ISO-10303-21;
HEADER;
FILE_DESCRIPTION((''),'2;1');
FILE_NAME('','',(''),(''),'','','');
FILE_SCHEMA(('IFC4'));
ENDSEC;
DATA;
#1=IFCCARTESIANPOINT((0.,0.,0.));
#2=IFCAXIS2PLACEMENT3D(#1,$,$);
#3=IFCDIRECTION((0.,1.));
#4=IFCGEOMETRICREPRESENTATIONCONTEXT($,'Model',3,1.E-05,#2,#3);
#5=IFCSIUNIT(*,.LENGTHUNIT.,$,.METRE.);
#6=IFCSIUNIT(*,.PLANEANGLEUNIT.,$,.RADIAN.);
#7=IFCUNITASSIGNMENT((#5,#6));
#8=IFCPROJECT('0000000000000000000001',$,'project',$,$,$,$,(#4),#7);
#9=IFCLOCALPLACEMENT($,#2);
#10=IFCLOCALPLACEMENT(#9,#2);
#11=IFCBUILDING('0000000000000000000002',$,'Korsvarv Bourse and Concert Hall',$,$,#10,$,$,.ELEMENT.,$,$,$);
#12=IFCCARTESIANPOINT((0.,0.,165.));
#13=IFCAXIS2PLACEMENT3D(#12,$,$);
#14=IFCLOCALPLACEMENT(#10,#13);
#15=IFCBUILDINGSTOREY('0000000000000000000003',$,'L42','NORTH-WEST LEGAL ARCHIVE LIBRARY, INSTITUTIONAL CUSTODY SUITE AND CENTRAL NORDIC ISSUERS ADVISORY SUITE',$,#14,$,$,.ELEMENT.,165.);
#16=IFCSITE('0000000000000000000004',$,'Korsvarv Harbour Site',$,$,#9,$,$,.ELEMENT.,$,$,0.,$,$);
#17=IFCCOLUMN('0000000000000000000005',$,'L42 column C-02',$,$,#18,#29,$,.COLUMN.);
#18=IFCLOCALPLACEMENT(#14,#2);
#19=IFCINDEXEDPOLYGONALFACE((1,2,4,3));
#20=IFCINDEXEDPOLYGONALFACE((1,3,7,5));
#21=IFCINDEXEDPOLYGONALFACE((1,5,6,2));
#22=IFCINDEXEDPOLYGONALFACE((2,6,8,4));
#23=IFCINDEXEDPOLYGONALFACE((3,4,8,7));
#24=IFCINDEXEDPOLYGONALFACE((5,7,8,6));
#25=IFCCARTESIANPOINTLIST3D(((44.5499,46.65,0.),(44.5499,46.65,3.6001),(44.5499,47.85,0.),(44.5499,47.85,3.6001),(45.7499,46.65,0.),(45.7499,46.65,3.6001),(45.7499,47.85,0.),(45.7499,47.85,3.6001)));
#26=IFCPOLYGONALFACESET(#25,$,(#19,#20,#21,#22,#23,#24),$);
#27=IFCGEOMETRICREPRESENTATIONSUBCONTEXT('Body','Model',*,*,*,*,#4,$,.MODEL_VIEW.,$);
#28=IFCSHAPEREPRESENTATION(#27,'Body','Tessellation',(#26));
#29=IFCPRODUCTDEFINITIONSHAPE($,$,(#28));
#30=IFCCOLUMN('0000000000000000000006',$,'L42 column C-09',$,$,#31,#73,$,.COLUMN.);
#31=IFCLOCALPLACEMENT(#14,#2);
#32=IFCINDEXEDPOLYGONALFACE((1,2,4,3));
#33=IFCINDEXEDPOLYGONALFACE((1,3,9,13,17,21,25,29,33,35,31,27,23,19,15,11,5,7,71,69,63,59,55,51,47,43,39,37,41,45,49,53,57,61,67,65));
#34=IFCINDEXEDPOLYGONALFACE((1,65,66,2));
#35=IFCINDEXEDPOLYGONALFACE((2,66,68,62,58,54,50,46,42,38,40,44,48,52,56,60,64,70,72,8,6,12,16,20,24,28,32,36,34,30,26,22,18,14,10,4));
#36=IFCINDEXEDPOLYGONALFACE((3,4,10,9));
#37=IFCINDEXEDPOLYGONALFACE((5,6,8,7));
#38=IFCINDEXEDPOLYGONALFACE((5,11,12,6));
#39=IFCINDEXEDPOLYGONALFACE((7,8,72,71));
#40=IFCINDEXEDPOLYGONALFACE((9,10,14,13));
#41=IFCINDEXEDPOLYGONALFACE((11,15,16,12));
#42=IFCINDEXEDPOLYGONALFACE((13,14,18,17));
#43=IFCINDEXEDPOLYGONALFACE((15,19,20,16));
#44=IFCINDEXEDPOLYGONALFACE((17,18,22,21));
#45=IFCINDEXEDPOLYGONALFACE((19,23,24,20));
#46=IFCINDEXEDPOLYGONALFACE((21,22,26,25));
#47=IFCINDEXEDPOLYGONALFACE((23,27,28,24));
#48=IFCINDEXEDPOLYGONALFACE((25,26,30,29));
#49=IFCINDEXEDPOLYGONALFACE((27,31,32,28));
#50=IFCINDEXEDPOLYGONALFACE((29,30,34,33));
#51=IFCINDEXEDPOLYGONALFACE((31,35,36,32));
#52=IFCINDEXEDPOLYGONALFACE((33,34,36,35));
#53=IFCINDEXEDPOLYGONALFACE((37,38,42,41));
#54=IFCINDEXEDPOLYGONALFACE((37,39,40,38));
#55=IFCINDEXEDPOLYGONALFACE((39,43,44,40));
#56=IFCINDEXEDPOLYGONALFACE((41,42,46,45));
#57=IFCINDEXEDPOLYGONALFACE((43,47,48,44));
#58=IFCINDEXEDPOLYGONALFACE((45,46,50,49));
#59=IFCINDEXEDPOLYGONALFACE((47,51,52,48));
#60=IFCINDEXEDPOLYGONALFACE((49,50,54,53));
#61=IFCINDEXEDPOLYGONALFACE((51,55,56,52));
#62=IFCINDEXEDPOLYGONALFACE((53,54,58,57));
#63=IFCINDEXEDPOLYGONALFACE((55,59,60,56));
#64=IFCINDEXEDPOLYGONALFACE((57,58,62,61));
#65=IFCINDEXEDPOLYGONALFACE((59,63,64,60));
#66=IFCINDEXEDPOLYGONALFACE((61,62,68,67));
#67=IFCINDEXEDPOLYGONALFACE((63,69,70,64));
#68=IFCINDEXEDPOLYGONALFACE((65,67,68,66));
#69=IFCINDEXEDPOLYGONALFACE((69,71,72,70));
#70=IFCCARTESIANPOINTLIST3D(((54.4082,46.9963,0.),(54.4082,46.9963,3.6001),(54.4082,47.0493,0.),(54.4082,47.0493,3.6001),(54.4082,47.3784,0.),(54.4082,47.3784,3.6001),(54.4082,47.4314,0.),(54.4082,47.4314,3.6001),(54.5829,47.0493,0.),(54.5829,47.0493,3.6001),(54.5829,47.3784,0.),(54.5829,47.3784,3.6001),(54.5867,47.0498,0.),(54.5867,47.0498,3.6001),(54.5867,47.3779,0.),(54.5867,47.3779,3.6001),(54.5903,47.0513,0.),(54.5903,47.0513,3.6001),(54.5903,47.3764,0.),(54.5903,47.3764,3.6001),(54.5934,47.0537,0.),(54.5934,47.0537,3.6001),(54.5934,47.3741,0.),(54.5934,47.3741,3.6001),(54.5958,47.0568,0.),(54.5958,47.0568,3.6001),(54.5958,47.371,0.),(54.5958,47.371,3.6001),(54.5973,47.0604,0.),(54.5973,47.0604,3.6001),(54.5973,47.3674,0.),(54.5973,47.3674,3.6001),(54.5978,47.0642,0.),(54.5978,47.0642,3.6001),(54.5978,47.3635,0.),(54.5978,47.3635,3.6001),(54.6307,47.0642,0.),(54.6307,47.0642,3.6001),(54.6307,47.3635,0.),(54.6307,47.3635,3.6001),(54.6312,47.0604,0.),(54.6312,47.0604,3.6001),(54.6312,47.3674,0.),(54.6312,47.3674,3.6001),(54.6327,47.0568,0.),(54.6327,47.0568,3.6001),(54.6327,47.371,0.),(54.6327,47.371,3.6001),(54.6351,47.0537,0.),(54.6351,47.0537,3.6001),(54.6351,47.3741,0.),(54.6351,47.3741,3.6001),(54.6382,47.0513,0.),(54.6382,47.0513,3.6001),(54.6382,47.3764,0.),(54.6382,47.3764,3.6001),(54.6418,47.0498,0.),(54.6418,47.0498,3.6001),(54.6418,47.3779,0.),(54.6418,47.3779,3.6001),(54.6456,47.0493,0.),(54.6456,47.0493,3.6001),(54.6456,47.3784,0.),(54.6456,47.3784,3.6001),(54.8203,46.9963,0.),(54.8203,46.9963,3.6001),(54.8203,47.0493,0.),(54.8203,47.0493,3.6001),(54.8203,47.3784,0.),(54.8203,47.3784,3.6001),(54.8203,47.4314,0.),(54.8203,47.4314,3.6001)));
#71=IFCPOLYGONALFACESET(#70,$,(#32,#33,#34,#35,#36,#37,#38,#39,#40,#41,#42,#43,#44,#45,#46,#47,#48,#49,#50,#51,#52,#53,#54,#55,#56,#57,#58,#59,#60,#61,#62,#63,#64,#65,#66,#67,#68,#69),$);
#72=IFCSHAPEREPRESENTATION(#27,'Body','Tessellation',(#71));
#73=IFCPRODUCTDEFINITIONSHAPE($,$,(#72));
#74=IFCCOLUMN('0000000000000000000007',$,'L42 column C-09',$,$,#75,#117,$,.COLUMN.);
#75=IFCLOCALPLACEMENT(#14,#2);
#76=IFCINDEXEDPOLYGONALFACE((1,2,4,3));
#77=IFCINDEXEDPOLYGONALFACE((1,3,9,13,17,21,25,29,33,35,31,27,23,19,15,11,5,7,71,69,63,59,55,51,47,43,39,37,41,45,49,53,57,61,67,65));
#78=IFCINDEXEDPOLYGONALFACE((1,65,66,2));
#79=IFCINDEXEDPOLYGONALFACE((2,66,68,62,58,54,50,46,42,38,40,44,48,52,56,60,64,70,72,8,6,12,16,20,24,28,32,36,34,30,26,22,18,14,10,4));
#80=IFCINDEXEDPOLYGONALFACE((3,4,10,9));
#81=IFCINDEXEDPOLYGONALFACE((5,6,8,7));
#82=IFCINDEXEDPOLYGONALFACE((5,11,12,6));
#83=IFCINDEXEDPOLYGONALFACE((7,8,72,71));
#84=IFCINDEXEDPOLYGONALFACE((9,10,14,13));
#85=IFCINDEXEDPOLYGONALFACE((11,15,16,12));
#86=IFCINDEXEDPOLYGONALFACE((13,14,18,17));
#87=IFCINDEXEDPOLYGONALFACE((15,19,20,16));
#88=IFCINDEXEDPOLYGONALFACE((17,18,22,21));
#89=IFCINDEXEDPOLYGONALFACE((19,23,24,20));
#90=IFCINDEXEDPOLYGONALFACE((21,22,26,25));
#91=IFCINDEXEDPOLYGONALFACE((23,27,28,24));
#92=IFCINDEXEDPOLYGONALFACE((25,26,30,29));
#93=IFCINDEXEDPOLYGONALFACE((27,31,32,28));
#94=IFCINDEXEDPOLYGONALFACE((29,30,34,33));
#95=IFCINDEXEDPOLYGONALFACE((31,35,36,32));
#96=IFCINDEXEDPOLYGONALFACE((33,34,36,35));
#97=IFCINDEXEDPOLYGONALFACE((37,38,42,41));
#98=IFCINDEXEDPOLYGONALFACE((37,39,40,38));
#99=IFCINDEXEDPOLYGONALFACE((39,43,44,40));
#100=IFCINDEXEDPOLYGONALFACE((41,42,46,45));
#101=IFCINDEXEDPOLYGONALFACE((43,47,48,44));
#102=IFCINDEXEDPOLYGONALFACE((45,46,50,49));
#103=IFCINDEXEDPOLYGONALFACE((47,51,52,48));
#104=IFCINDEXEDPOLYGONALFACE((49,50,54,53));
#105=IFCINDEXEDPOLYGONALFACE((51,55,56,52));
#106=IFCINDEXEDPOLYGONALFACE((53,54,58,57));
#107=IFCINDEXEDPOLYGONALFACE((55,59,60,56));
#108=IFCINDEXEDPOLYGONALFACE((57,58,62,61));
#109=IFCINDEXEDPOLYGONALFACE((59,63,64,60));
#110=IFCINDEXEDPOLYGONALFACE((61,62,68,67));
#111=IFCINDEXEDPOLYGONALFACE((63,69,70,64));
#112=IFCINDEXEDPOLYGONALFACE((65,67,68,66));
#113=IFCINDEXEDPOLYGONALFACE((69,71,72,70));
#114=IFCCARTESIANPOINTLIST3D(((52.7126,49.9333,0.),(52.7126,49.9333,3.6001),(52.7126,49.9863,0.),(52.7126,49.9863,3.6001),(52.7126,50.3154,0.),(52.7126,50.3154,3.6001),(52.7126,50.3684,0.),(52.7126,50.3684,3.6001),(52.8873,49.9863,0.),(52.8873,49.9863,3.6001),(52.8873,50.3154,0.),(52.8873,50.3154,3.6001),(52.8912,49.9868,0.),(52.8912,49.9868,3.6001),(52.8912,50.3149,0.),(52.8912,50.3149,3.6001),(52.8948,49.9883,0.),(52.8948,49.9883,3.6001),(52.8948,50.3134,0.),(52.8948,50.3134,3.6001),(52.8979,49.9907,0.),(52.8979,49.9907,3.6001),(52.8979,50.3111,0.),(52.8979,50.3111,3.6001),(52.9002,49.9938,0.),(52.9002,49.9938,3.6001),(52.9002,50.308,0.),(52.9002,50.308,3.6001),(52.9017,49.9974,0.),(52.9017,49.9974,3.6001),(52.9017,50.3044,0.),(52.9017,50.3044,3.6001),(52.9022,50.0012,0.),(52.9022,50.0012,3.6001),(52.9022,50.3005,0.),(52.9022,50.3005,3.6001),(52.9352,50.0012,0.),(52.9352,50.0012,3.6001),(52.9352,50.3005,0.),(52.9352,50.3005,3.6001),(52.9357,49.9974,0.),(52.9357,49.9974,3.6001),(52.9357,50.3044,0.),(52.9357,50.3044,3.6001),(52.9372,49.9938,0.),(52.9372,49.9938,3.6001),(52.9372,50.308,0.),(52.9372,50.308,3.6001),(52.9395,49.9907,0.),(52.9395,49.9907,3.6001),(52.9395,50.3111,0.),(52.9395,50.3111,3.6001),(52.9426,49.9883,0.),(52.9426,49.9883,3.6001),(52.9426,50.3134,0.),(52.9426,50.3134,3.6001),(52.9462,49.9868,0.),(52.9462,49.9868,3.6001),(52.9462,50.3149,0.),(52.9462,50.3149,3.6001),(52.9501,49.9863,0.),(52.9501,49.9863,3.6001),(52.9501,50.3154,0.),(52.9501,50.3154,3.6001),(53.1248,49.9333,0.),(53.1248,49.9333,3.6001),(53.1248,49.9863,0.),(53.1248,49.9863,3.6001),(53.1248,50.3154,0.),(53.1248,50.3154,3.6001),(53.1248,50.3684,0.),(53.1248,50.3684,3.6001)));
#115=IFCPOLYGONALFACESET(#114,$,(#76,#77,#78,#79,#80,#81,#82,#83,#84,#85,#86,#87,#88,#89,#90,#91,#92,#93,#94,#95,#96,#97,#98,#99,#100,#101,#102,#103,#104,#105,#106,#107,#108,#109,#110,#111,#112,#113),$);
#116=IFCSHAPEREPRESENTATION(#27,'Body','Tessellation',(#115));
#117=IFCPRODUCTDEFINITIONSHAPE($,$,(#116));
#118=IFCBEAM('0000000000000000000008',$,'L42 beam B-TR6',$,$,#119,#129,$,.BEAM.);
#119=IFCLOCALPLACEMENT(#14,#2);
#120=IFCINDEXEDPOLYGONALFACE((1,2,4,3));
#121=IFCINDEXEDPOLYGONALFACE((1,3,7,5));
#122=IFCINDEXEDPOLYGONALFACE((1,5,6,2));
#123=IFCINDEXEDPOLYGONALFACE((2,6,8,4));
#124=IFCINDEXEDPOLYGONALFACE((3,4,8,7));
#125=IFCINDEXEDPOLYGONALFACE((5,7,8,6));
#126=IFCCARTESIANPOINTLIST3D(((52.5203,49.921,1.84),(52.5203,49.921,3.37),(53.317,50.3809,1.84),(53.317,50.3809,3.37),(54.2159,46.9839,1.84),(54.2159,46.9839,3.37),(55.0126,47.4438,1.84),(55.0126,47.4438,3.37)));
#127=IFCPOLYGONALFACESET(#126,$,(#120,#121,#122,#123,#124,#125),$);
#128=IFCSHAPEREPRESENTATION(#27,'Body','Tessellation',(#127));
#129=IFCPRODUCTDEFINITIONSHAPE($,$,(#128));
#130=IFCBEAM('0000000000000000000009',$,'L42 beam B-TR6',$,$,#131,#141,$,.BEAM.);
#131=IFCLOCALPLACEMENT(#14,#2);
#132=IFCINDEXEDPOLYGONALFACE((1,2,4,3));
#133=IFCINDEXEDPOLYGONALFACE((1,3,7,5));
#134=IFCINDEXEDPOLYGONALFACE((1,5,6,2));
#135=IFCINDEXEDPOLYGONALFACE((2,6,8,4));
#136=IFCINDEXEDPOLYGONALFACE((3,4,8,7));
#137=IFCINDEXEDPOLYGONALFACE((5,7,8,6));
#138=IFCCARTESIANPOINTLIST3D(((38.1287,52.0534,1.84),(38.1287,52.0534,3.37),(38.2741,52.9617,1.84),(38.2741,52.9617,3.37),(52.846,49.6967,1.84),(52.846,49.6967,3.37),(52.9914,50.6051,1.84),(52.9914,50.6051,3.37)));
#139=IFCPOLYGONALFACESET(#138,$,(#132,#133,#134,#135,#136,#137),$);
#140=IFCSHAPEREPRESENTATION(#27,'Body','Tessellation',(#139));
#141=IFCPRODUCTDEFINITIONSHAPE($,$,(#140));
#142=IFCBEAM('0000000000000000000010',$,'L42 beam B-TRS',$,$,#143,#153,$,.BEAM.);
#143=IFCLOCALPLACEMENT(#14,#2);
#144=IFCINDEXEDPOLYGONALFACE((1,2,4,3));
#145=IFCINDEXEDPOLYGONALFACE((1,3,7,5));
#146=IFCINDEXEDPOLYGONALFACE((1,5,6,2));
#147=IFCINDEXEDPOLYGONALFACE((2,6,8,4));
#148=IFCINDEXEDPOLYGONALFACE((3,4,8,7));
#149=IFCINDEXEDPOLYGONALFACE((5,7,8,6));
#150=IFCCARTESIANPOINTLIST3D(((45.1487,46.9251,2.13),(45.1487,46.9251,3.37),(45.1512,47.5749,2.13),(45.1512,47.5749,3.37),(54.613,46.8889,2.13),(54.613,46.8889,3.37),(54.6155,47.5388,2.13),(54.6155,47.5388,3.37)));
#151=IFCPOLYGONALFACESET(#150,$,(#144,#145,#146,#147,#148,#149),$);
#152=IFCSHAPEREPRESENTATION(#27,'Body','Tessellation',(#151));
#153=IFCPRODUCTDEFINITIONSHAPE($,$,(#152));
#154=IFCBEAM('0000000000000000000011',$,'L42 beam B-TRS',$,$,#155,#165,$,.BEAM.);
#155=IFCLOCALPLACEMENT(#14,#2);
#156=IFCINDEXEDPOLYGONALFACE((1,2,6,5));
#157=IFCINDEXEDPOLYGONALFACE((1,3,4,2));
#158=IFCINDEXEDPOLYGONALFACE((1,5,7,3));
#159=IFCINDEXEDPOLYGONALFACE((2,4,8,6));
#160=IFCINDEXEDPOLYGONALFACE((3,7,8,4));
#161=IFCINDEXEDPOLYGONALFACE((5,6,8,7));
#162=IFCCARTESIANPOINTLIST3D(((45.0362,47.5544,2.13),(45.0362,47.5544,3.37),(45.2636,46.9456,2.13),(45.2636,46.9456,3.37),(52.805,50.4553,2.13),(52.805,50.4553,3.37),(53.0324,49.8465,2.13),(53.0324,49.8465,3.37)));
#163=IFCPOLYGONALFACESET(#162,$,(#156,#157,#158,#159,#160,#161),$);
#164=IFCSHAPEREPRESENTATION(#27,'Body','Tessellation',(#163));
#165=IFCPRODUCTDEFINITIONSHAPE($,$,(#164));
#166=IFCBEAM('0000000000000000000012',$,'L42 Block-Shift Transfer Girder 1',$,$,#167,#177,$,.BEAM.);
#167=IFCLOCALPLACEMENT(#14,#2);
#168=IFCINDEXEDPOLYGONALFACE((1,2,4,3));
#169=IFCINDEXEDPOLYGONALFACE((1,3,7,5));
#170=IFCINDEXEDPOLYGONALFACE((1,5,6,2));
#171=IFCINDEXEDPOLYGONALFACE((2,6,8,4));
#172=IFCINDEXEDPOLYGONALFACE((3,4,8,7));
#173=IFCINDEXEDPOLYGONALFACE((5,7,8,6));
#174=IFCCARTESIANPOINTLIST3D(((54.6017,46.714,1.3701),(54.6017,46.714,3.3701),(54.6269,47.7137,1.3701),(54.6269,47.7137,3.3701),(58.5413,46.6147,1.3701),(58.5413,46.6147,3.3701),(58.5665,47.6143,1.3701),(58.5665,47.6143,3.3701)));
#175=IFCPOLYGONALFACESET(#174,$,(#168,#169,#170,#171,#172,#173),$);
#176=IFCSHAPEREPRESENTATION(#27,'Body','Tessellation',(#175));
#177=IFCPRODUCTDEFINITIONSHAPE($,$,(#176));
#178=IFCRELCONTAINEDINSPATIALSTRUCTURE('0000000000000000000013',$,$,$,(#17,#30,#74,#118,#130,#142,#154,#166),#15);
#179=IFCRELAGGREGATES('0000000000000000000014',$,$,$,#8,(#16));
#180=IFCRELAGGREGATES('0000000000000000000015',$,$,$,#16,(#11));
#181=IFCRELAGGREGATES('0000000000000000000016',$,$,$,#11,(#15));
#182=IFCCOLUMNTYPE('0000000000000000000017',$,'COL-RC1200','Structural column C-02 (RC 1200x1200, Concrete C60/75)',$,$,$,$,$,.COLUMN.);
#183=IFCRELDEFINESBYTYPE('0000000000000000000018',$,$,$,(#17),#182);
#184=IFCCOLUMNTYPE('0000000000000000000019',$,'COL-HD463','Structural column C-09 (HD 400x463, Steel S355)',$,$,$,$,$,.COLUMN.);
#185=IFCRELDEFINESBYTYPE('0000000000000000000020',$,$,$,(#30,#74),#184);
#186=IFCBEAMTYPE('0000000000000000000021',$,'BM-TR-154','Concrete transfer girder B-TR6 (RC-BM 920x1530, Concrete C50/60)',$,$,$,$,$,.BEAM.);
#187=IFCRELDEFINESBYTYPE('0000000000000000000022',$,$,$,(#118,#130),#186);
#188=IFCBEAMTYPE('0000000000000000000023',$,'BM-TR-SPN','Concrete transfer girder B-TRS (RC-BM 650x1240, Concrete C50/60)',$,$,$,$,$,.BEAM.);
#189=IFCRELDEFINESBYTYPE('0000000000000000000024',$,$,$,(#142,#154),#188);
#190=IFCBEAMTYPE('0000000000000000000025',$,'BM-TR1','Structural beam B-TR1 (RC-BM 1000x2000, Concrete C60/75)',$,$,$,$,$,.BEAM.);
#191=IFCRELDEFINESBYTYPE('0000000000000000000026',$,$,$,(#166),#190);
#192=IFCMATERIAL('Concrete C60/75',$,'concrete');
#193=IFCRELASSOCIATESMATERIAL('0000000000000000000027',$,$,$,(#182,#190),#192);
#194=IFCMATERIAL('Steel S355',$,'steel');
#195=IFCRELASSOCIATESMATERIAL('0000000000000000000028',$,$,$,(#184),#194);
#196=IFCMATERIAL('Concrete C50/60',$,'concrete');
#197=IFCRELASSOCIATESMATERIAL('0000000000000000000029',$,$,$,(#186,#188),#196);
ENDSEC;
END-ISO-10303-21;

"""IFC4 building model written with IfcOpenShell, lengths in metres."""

from ifc_helpers import new_model, si_unit, direction, frame, origin, origin_2d, place, context, subcontext, project, spatial, rectangle, i_section, extrude, source, transform, mapped, material, material_profile, profile_set, type_object, element, save


model = new_model("IFC4")

# Units and contexts
model_context = context("Model", 3, precision=1e-05, world=origin(), true_north=direction((0.0, 1.0)))
body_context = subcontext(model_context, "Body", "Model", "MODEL_VIEW")
ifc_project = project(units=[si_unit("LENGTHUNIT", "METRE"), si_unit("PLANEANGLEUNIT", "RADIAN")], contexts=[model_context])

# Site, building, storey
site_placement = place(None, origin())
site = spatial("IfcSite", under=ifc_project, at=site_placement, Name="Korsvarv Harbour Site", CompositionType="ELEMENT", RefElevation=0.0)
building_placement = place(site_placement, origin())
building = spatial("IfcBuilding", under=site, at=building_placement, Name="Korsvarv Bourse and Concert Hall", CompositionType="ELEMENT")
storey_placement = place(building_placement, frame((0.0, 0.0, 165.0)))
storey = spatial("IfcBuildingStorey", under=building, at=storey_placement, Name="L42", Description="NORTH-WEST LEGAL ARCHIVE LIBRARY, INSTITUTIONAL CUSTODY SUITE AND CENTRAL NORDIC ISSUERS ADVISORY SUITE", CompositionType="ELEMENT", Elevation=165.0)

# Columns
ifc_material_1 = material(Name="Concrete C60/75", Category="concrete")
ifc_material_profile_1 = material_profile(ifc_material_1, rectangle(XDim=1.2, YDim=1.2, at=origin_2d()), Name="RC 1200x1200")
ifc_profile_set_1 = profile_set([ifc_material_profile_1], Name="Concrete C60/75")
column_type_1 = type_object("IfcColumnType", Name="COL-RC1200", Description="Structural column C-02 (RC 1200x1200, Concrete C60/75)", PredefinedType="COLUMN", material=ifc_profile_set_1)
shared_shape_1 = source(origin(), body_context, "Body", "SweptSolid", [
    extrude(rectangle(XDim=1.2, YDim=1.2, at=origin_2d()), origin(), (0.0, 0.0, 1.0), 3.6001),
])
column_placement = place(storey_placement, frame((45.1499, 47.25, 0.0), z_axis=(0.0, 0.0, 1.0), x_axis=(1.0, 0.0, 0.0)))
element("IfcColumn", 1, at=column_placement, inside=storey, type_object=column_type_1, Name="L42 column C-02", PredefinedType="COLUMN", context=body_context, shape_type="MappedRepresentation", body=[
    mapped(shared_shape_1, transform((0.0, 0.0, 0.0), scale=1.0)),
])
ifc_material_2 = material(Name="Steel S355", Category="steel")
ifc_material_profile_2 = material_profile(ifc_material_2, i_section(OverallWidth=0.4121, OverallDepth=0.4351, WebThickness=0.033, FlangeThickness=0.053, FilletRadius=0.0149, at=origin_2d()), Name="HD 400x463")
ifc_profile_set_2 = profile_set([ifc_material_profile_2], Name="Steel S355")
column_type_2 = type_object("IfcColumnType", Name="COL-HD463", Description="Structural column C-09 (HD 400x463, Steel S355)", PredefinedType="COLUMN", material=ifc_profile_set_2)
shared_shape_2 = source(origin(), body_context, "Body", "SweptSolid", [
    extrude(i_section(OverallWidth=0.4121, OverallDepth=0.4351, WebThickness=0.033, FlangeThickness=0.053, FilletRadius=0.0149, at=origin_2d()), origin(), (0.0, 0.0, 1.0), 3.6001),
])
for number, where, z_axis, x_axis, name in (
    (2, (54.6143, 47.2139, 0.0), (0.0, 0.0, 1.0), (1.0, 0.0, 0.0), "L42 column C-09"),
    (3, (52.9187, 50.1509, 0.0), (0.0, 0.0, 1.0), (1.0, 0.0, 0.0), "L42 column C-09"),
):
    element("IfcColumn", number, at=place(storey_placement, frame(where, z_axis=z_axis, x_axis=x_axis)), inside=storey, type_object=column_type_2, Name=name, PredefinedType="COLUMN", context=body_context, shape_type="MappedRepresentation", body=[
        mapped(shared_shape_2, transform((0.0, 0.0, 0.0), scale=1.0)),
    ])

# Beams
ifc_material_3 = material(Name="Concrete C50/60", Category="concrete")
ifc_material_profile_3 = material_profile(ifc_material_3, rectangle(XDim=0.9199, YDim=1.53, at=origin_2d()), Name="RC-BM 920x1530")
ifc_profile_set_3 = profile_set([ifc_material_profile_3], Name="Concrete C50/60")
beam_type_1 = type_object("IfcBeamType", Name="BM-TR-154", Description="Concrete transfer girder B-TR6 (RC-BM 920x1530, Concrete C50/60)", PredefinedType="BEAM", material=ifc_profile_set_3)
shared_shape_3 = source(origin(), body_context, "Body", "SweptSolid", [
    extrude(rectangle(XDim=0.9199, YDim=1.53, at=origin_2d()), origin(), (0.0, 0.0, 1.0), 3.3914),
])
beam_1_placement = place(storey_placement, frame((54.6143, 47.2139, 2.605), z_axis=(-0.499972, 0.866042, 0.0), x_axis=(-0.866042, -0.499972, 0.0)))
element("IfcBeam", 4, at=beam_1_placement, inside=storey, type_object=beam_type_1, Name="L42 beam B-TR6", PredefinedType="BEAM", context=body_context, shape_type="MappedRepresentation", body=[
    mapped(shared_shape_3, transform((0.0, 0.0, 0.0), scale=1.0)),
])
shared_shape_4 = source(origin(), body_context, "Body", "SweptSolid", [
    extrude(rectangle(XDim=0.9199, YDim=1.53, at=origin_2d()), origin(), (0.0, 0.0, 1.0), 14.9048),
])
beam_2_placement = place(storey_placement, frame((52.9187, 50.1509, 2.605), z_axis=(-0.98742, 0.158116, 0.0), x_axis=(-0.158116, -0.98742, 0.0)))
element("IfcBeam", 5, at=beam_2_placement, inside=storey, type_object=beam_type_1, Name="L42 beam B-TR6", PredefinedType="BEAM", context=body_context, shape_type="MappedRepresentation", body=[
    mapped(shared_shape_4, transform((0.0, 0.0, 0.0), scale=1.0)),
])
ifc_material_profile_4 = material_profile(ifc_material_3, rectangle(XDim=0.6499, YDim=1.24, at=origin_2d()), Name="RC-BM 650x1240")
ifc_profile_set_4 = profile_set([ifc_material_profile_4], Name="Concrete C50/60")
beam_type_2 = type_object("IfcBeamType", Name="BM-TR-SPN", Description="Concrete transfer girder B-TRS (RC-BM 650x1240, Concrete C50/60)", PredefinedType="BEAM", material=ifc_profile_set_4)
shared_shape_5 = source(origin(), body_context, "Body", "SweptSolid", [
    extrude(rectangle(XDim=0.6499, YDim=1.24, at=origin_2d()), origin(), (0.0, 0.0, 1.0), 9.4644),
])
beam_3_placement = place(storey_placement, frame((54.6143, 47.2139, 2.75), z_axis=(-0.999993, 0.003818, 0.0), x_axis=(-0.003818, -0.999993, 0.0)))
element("IfcBeam", 6, at=beam_3_placement, inside=storey, type_object=beam_type_2, Name="L42 beam B-TRS", PredefinedType="BEAM", context=body_context, shape_type="MappedRepresentation", body=[
    mapped(shared_shape_5, transform((0.0, 0.0, 0.0), scale=1.0)),
])
shared_shape_6 = source(origin(), body_context, "Body", "SweptSolid", [
    extrude(rectangle(XDim=0.6499, YDim=1.24, at=origin_2d()), origin(), (0.0, 0.0, 1.0), 8.2927),
])
beam_4_placement = place(storey_placement, frame((52.9187, 50.1509, 2.75), z_axis=(-0.936821, -0.34981, 0.0), x_axis=(0.34981, -0.936821, 0.0)))
element("IfcBeam", 7, at=beam_4_placement, inside=storey, type_object=beam_type_2, Name="L42 beam B-TRS", PredefinedType="BEAM", context=body_context, shape_type="MappedRepresentation", body=[
    mapped(shared_shape_6, transform((0.0, 0.0, 0.0), scale=1.0)),
])
ifc_material_profile_5 = material_profile(ifc_material_1, rectangle(XDim=1.0, YDim=2.0, at=origin_2d()), Name="RC-BM 1000x2000")
ifc_profile_set_5 = profile_set([ifc_material_profile_5], Name="Concrete C60/75")
beam_type_3 = type_object("IfcBeamType", Name="BM-TR1", Description="Structural beam B-TR1 (RC-BM 1000x2000, Concrete C60/75)", PredefinedType="BEAM", material=ifc_profile_set_5)
shared_shape_7 = source(origin(), body_context, "Body", "SweptSolid", [
    extrude(rectangle(XDim=1.0, YDim=2.0, at=origin_2d()), origin(), (0.0, 0.0, 1.0), 3.9409),
])
beam_5_placement = place(storey_placement, frame((54.6143, 47.2139, 2.3701), z_axis=(0.999682, -0.025214, 0.0), x_axis=(0.025214, 0.999682, 0.0)))
element("IfcBeam", 8, at=beam_5_placement, inside=storey, type_object=beam_type_3, Name="L42 Block-Shift Transfer Girder 1", PredefinedType="BEAM", context=body_context, shape_type="MappedRepresentation", body=[
    mapped(shared_shape_7, transform((0.0, 0.0, 0.0), scale=1.0)),
])

save(model, "model.ifc")
